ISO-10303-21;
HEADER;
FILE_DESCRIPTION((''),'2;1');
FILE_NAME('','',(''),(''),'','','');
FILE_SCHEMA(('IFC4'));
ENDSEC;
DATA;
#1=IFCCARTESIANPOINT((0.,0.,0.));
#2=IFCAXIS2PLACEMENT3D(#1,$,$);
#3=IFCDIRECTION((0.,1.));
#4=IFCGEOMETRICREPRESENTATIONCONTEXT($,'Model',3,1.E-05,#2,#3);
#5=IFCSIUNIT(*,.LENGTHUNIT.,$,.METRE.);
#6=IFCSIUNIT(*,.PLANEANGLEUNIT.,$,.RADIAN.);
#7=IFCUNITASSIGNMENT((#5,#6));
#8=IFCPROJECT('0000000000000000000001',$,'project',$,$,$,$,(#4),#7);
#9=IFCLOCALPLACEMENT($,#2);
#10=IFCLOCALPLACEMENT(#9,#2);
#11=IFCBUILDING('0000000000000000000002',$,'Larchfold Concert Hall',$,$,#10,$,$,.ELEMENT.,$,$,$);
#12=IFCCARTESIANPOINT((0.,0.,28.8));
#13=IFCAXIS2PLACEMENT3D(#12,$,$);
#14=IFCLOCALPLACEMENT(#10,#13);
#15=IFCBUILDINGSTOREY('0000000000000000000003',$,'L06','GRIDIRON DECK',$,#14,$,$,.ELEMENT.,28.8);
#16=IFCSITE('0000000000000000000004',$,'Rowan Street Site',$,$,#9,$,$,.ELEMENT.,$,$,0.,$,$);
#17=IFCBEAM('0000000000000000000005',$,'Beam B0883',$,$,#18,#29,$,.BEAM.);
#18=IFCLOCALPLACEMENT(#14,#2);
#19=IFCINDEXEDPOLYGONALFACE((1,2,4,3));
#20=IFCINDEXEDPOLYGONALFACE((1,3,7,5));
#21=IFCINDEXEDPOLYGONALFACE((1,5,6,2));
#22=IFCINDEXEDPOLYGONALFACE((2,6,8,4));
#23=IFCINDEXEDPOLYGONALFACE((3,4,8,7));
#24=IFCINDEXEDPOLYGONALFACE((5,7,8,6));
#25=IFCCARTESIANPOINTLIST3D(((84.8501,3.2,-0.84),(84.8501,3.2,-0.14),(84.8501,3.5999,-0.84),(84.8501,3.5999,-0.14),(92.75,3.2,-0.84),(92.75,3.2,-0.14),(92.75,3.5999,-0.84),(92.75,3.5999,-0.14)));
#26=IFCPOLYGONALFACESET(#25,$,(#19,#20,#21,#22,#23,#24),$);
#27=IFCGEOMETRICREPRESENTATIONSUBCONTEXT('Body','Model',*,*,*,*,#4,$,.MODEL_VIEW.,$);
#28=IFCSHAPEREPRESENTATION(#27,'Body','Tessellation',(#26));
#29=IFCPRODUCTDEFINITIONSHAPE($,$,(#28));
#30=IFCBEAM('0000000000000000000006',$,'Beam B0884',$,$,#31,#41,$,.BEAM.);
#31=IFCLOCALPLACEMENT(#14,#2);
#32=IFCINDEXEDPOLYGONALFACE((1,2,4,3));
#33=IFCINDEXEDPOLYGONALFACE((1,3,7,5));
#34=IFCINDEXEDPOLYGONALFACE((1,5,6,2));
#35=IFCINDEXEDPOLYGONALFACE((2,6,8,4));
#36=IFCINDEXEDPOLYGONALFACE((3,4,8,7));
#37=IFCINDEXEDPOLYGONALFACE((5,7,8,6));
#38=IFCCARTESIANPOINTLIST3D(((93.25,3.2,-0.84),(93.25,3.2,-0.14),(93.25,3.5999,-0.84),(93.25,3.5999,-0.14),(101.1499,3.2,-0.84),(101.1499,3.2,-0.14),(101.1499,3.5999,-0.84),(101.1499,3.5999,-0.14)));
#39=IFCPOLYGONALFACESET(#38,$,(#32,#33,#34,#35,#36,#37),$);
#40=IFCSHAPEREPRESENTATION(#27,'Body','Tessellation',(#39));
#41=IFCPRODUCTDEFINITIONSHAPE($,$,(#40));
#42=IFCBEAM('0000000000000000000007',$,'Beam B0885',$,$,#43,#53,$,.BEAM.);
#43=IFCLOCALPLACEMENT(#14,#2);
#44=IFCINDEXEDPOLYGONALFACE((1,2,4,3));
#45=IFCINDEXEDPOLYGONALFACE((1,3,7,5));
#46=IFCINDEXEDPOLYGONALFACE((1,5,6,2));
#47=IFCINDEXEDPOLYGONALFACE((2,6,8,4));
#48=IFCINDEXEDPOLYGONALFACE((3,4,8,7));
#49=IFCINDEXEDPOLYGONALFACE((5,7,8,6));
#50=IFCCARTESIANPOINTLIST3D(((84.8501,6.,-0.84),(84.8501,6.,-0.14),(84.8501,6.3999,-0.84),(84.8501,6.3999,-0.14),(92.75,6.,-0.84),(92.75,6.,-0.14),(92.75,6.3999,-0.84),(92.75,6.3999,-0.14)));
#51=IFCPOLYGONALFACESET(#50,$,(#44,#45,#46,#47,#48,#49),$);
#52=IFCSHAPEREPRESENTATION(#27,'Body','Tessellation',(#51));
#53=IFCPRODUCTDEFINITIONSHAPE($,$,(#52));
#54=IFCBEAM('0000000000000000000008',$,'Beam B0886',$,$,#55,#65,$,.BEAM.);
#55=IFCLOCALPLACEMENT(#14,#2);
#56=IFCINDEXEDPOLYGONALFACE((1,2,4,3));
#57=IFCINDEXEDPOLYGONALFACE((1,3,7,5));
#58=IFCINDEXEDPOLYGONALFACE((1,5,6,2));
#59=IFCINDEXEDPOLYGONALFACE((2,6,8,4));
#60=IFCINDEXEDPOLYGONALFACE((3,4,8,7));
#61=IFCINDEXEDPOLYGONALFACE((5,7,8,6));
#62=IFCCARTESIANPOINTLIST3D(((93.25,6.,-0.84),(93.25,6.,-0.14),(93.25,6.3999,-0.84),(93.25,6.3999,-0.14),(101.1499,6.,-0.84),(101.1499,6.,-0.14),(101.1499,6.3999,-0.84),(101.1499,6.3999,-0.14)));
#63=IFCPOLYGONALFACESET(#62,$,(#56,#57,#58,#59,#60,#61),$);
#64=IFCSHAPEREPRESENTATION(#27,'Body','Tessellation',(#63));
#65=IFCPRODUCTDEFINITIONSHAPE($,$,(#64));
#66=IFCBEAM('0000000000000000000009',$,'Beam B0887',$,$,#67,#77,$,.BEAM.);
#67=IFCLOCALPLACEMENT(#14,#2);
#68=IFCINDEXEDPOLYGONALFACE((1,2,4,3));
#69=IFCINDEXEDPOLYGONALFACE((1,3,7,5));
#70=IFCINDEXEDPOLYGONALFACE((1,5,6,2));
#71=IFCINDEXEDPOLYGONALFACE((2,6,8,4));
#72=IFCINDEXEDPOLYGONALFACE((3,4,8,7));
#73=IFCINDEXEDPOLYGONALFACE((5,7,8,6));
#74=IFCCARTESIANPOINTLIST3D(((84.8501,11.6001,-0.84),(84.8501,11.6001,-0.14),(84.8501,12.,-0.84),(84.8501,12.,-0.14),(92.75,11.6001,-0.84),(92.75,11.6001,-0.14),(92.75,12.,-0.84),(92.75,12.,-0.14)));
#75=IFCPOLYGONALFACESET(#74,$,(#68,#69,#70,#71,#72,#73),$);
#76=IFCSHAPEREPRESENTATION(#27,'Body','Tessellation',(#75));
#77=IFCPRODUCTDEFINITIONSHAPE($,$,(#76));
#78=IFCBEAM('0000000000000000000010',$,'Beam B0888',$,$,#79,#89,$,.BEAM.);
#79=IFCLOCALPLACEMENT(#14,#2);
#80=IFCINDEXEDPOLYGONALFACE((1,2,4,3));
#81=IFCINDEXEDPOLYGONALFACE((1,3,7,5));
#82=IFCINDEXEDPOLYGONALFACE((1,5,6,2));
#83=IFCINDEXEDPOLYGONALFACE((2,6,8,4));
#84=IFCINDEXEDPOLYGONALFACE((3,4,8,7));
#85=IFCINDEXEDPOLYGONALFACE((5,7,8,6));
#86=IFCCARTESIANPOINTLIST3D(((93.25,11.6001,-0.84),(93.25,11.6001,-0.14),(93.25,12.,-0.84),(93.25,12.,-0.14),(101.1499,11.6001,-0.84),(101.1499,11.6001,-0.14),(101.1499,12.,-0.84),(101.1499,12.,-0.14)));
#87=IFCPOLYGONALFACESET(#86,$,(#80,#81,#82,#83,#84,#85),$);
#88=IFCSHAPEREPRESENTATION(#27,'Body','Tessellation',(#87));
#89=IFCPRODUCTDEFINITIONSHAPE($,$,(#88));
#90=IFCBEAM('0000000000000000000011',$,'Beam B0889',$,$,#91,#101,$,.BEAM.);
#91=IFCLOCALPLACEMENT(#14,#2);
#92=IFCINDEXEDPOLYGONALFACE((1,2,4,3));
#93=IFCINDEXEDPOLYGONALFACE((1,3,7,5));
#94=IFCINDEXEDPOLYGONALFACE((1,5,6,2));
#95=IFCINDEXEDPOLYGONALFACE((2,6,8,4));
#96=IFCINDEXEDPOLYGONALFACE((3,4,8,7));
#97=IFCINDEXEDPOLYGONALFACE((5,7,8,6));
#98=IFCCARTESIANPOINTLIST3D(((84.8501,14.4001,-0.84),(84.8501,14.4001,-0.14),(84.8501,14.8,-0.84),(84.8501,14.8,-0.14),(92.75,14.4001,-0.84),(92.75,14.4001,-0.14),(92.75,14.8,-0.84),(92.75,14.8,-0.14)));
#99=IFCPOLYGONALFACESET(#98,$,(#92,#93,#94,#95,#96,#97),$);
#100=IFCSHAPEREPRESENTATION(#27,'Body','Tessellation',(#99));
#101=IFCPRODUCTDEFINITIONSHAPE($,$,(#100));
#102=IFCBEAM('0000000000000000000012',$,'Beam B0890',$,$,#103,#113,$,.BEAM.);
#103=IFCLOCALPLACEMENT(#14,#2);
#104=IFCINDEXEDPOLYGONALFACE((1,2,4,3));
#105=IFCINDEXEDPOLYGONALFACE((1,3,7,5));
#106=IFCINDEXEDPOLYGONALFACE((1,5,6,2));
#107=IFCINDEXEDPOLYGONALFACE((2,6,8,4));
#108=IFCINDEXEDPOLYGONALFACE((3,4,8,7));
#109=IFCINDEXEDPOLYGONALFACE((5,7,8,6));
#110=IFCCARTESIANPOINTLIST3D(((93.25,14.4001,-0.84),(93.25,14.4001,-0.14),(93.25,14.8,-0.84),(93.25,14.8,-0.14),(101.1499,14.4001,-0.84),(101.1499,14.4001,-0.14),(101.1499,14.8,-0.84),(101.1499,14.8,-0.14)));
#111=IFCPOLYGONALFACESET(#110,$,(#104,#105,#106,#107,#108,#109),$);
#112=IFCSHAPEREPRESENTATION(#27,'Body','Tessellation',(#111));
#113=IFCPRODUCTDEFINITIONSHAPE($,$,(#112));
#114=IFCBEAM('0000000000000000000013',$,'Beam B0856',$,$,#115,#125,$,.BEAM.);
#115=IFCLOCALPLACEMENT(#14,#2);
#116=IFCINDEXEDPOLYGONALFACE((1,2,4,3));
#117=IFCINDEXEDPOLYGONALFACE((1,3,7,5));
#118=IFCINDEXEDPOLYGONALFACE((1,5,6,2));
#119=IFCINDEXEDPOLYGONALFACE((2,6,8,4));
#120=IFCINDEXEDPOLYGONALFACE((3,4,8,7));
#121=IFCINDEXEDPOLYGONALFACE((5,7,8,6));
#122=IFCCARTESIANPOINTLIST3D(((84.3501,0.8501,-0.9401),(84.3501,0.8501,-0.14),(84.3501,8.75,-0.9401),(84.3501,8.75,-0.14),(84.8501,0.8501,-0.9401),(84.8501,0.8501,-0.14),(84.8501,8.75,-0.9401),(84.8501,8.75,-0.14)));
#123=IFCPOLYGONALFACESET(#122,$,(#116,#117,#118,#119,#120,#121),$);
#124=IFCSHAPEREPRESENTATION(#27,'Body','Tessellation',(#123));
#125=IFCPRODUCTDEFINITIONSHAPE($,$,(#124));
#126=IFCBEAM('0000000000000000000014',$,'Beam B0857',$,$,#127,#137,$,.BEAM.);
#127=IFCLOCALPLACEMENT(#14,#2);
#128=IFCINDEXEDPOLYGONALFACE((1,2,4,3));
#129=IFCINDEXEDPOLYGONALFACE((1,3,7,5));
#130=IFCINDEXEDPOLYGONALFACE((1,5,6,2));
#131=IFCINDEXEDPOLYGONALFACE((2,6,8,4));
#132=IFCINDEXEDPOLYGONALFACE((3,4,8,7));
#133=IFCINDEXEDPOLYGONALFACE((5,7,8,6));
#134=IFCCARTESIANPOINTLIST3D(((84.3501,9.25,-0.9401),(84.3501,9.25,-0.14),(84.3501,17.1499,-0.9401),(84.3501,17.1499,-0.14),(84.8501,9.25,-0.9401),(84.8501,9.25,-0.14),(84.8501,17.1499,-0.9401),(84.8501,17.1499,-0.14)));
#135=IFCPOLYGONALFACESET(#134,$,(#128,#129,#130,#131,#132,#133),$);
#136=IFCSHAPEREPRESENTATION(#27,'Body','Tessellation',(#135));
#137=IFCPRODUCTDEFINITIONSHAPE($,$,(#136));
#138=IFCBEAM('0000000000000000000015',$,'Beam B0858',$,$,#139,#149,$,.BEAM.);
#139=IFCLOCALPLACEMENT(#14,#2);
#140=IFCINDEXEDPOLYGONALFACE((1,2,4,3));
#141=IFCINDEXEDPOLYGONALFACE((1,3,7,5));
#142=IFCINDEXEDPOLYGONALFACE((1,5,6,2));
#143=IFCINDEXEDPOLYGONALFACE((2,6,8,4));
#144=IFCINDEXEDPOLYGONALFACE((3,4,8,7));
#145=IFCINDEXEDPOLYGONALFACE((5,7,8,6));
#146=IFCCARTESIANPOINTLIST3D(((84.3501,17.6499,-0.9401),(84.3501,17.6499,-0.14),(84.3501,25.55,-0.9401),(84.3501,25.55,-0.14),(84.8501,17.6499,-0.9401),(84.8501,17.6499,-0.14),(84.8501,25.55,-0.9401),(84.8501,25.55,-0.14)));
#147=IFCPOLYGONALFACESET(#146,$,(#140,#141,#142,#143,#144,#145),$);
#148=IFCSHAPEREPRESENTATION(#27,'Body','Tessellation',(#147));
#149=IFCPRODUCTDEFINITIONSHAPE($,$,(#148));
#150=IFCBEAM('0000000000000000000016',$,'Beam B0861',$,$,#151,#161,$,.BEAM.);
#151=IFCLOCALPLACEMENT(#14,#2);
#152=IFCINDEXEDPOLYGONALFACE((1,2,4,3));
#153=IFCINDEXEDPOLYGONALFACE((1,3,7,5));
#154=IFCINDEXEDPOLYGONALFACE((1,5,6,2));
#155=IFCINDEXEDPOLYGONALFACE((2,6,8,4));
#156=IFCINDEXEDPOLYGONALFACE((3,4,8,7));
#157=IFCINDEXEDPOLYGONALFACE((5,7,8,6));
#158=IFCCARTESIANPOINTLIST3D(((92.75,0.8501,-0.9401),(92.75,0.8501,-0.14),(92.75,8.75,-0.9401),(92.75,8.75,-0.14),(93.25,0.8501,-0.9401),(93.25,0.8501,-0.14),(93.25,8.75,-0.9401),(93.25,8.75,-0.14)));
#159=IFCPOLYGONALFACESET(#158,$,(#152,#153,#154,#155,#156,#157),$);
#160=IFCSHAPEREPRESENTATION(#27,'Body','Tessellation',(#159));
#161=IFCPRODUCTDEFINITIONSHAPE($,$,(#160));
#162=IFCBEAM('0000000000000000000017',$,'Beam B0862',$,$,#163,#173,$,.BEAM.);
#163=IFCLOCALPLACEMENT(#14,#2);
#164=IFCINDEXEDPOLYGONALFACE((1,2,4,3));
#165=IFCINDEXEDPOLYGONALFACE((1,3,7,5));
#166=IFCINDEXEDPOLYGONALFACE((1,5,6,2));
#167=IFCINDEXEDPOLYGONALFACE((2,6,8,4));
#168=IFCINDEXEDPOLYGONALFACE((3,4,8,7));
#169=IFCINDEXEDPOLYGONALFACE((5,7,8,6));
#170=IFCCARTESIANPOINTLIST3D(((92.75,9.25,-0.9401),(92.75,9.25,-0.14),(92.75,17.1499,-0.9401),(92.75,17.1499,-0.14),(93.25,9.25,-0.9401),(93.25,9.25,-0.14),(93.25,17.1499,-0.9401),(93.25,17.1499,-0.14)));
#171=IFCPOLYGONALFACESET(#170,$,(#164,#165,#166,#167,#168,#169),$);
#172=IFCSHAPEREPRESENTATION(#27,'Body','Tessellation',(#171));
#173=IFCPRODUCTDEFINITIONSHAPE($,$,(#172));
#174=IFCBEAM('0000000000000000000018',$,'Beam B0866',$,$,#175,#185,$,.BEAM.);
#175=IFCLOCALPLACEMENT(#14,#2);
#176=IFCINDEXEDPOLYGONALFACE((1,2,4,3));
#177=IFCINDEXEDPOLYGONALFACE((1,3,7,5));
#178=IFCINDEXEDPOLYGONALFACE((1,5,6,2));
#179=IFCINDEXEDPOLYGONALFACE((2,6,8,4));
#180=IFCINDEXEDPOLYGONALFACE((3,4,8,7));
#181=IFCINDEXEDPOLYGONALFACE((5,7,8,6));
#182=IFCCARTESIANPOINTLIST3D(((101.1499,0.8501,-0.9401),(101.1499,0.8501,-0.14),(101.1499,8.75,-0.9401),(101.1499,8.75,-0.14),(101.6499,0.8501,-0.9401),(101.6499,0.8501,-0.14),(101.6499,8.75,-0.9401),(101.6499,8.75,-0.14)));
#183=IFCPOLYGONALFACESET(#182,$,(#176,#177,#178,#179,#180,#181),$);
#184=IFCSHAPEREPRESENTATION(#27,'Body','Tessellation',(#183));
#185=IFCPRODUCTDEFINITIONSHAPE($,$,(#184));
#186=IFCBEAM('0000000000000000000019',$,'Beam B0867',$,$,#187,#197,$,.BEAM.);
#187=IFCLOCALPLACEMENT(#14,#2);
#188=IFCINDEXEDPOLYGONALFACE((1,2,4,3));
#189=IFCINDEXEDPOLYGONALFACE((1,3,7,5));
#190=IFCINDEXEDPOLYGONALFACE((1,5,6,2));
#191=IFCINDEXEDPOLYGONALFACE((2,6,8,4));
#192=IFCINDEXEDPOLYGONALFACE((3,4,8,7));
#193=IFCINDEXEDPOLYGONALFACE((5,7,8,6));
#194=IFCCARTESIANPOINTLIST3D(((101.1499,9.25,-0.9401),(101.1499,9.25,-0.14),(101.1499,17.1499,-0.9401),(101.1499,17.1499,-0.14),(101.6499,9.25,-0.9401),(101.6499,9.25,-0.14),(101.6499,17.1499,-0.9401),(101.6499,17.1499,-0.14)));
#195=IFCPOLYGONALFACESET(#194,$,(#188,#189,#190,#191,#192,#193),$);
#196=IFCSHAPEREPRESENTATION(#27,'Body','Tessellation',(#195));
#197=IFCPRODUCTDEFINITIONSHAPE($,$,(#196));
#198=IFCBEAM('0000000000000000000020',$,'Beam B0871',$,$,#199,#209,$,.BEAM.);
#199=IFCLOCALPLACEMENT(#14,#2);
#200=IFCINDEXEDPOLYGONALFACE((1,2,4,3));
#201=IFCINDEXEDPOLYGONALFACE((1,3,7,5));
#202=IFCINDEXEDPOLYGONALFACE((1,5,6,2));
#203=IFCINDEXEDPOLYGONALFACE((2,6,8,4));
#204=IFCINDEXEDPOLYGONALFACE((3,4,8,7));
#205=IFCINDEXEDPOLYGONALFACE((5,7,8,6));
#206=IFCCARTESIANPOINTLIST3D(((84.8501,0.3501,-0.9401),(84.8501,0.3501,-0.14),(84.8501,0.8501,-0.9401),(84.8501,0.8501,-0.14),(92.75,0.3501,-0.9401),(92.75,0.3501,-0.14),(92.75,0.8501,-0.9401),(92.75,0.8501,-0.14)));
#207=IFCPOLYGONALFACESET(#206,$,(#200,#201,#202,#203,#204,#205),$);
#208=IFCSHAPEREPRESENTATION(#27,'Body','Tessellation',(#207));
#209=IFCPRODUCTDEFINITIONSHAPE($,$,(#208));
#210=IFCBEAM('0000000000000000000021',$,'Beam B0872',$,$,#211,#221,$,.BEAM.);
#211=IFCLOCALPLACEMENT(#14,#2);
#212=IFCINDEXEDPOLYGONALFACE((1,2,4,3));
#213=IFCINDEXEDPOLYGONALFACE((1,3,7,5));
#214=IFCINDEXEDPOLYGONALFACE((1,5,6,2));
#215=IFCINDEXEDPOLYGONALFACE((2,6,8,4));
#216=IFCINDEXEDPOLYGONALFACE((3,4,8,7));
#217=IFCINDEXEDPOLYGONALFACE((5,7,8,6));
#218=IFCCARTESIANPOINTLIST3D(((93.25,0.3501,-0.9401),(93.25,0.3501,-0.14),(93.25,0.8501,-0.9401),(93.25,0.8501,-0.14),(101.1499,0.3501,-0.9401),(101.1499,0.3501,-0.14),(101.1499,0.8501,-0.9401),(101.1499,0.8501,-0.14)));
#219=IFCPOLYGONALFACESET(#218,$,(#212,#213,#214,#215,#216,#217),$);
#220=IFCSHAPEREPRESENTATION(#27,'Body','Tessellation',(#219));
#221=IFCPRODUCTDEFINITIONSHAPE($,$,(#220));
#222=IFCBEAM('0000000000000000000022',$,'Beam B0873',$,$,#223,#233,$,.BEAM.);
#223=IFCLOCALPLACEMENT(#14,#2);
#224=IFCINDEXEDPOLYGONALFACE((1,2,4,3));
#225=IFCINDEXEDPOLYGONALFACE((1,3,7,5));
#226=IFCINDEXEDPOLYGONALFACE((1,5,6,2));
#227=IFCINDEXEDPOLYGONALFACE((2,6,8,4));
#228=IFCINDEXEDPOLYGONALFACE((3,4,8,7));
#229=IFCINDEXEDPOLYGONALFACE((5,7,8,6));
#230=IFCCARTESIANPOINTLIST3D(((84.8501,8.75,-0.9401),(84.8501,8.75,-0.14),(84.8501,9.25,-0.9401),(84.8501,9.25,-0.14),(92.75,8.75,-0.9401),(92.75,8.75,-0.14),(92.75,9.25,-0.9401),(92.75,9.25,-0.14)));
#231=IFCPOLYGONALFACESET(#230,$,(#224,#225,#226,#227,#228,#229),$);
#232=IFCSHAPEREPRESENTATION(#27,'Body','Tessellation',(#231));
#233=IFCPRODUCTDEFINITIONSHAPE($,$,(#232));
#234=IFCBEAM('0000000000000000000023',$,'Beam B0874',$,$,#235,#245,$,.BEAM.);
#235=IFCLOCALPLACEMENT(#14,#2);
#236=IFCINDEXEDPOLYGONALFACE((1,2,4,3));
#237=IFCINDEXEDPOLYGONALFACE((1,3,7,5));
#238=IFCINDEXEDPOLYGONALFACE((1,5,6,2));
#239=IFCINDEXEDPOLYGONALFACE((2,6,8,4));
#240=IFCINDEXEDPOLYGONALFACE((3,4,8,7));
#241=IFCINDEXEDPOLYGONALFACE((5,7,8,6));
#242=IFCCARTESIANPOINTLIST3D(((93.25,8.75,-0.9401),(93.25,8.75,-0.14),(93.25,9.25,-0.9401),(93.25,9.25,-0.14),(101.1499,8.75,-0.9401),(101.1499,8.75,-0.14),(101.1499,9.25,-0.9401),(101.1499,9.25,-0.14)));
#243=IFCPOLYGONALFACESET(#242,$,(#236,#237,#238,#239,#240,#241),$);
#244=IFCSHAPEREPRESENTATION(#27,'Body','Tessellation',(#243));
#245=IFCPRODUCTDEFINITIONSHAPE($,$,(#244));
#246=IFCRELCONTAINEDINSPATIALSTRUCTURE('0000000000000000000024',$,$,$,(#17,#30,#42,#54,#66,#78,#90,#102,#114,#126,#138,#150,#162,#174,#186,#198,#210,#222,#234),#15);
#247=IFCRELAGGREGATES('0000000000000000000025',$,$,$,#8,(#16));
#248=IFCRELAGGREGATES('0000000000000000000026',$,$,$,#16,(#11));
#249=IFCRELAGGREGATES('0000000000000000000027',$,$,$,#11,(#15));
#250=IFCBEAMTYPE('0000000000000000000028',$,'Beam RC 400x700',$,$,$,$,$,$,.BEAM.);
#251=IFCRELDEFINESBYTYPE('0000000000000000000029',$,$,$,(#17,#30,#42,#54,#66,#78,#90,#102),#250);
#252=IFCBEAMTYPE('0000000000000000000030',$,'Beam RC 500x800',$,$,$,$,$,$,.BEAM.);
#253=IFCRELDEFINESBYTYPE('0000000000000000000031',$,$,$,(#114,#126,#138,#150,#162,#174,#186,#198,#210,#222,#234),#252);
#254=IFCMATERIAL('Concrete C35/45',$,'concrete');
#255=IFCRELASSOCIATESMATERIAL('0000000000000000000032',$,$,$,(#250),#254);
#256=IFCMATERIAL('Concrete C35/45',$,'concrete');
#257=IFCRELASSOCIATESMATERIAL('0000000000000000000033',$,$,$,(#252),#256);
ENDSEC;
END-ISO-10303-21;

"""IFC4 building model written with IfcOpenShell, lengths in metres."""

from ifc_helpers import new_model, si_unit, direction, frame, origin, origin_2d, place, context, subcontext, project, spatial, rectangle, extrude, material, material_profile, profile_set, type_object, element, save


model = new_model("IFC4")

# Units and contexts
model_context = context("Model", 3, precision=1e-05, world=origin(), true_north=direction((0.0, 1.0)))
body_context = subcontext(model_context, "Body", "Model", "MODEL_VIEW")
ifc_project = project(units=[si_unit("LENGTHUNIT", "METRE"), si_unit("PLANEANGLEUNIT", "RADIAN")], contexts=[model_context])

# Site, building, storey
site_placement = place(None, origin())
site = spatial("IfcSite", under=ifc_project, at=site_placement, Name="Rowan Street Site", CompositionType="ELEMENT", RefElevation=0.0)
building_placement = place(site_placement, origin())
building = spatial("IfcBuilding", under=site, at=building_placement, Name="Larchfold Concert Hall", CompositionType="ELEMENT")
storey_placement = place(building_placement, frame((0.0, 0.0, 28.8)))
storey = spatial("IfcBuildingStorey", under=building, at=storey_placement, Name="L06", Description="GRIDIRON DECK", CompositionType="ELEMENT", Elevation=28.8)

# Beams
ifc_material_1 = material(Name="Concrete C35/45", Category="concrete")
ifc_material_profile_1 = material_profile(ifc_material_1, rectangle(XDim=0.3999, YDim=0.7, at=origin_2d()))
ifc_profile_set_1 = profile_set([ifc_material_profile_1], Name="Concrete C35/45")
beam_type_1 = type_object("IfcBeamType", Name="Beam RC 400x700", PredefinedType="BEAM", material=ifc_profile_set_1)
for number, where, z_axis, x_axis, name in (
    (1, (84.8501, 3.3999, -0.49), (1.0, 0.0, 0.0), (0.0, 1.0, 0.0), "Beam B0883"),
    (2, (93.25, 3.3999, -0.49), (1.0, 0.0, 0.0), (0.0, 1.0, 0.0), "Beam B0884"),
    (3, (84.8501, 6.2, -0.49), (1.0, 0.0, 0.0), (0.0, 1.0, 0.0), "Beam B0885"),
    (4, (93.25, 6.2, -0.49), (1.0, 0.0, 0.0), (0.0, 1.0, 0.0), "Beam B0886"),
    (5, (84.8501, 11.8, -0.49), (1.0, 0.0, 0.0), (0.0, 1.0, 0.0), "Beam B0887"),
    (6, (93.25, 11.8, -0.49), (1.0, 0.0, 0.0), (0.0, 1.0, 0.0), "Beam B0888"),
    (7, (84.8501, 14.6001, -0.49), (1.0, 0.0, 0.0), (0.0, 1.0, 0.0), "Beam B0889"),
    (8, (93.25, 14.6001, -0.49), (1.0, 0.0, 0.0), (0.0, 1.0, 0.0), "Beam B0890"),
):
    element("IfcBeam", number, at=place(storey_placement, frame(where, z_axis=z_axis, x_axis=x_axis)), inside=storey, type_object=beam_type_1, Name=name, PredefinedType="BEAM", context=body_context, shape_type="SweptSolid", body=[
        extrude(rectangle(XDim=0.3999, YDim=0.7, at=origin_2d()), origin(), (0.0, 0.0, 1.0), 7.8999),
    ])
ifc_material_2 = material(Name="Concrete C35/45", Category="concrete")
ifc_material_profile_2 = material_profile(ifc_material_2, rectangle(XDim=0.5, YDim=0.8, at=origin_2d()))
ifc_profile_set_2 = profile_set([ifc_material_profile_2], Name="Concrete C35/45")
beam_type_2 = type_object("IfcBeamType", Name="Beam RC 500x800", PredefinedType="BEAM", material=ifc_profile_set_2)
for number, where, z_axis, x_axis, name in (
    (9, (84.6001, 0.8501, -0.54), (0.0, 1.0, 0.0), (-1.0, 0.0, 0.0), "Beam B0856"),
    (10, (84.6001, 9.25, -0.54), (0.0, 1.0, 0.0), (-1.0, 0.0, 0.0), "Beam B0857"),
):
    element("IfcBeam", number, at=place(storey_placement, frame(where, z_axis=z_axis, x_axis=x_axis)), inside=storey, type_object=beam_type_2, Name=name, PredefinedType="BEAM", context=body_context, shape_type="SweptSolid", body=[
        extrude(rectangle(XDim=0.5, YDim=0.8, at=origin_2d()), origin(), (0.0, 0.0, 1.0), 7.8999),
    ])
beam_placement = place(storey_placement, frame((84.6001, 17.6499, -0.54), z_axis=(0.0, 1.0, 0.0), x_axis=(-1.0, 0.0, 0.0)))
element("IfcBeam", 11, at=beam_placement, inside=storey, type_object=beam_type_2, Name="Beam B0858", PredefinedType="BEAM", context=body_context, shape_type="SweptSolid", body=[
    extrude(rectangle(XDim=0.5, YDim=0.8, at=origin_2d()), origin(), (0.0, 0.0, 1.0), 7.9001),
])
for number, where, z_axis, x_axis, name in (
    (12, (93.0, 0.8501, -0.54), (0.0, 1.0, 0.0), (-1.0, 0.0, 0.0), "Beam B0861"),
    (13, (93.0, 9.25, -0.54), (0.0, 1.0, 0.0), (-1.0, 0.0, 0.0), "Beam B0862"),
    (14, (101.3999, 0.8501, -0.54), (0.0, 1.0, 0.0), (-1.0, 0.0, 0.0), "Beam B0866"),
    (15, (101.3999, 9.25, -0.54), (0.0, 1.0, 0.0), (-1.0, 0.0, 0.0), "Beam B0867"),
    (16, (84.8501, 0.6001, -0.54), (1.0, 0.0, 0.0), (0.0, 1.0, 0.0), "Beam B0871"),
    (17, (93.25, 0.6001, -0.54), (1.0, 0.0, 0.0), (0.0, 1.0, 0.0), "Beam B0872"),
    (18, (84.8501, 9.0, -0.54), (1.0, 0.0, 0.0), (0.0, 1.0, 0.0), "Beam B0873"),
    (19, (93.25, 9.0, -0.54), (1.0, 0.0, 0.0), (0.0, 1.0, 0.0), "Beam B0874"),
):
    element("IfcBeam", number, at=place(storey_placement, frame(where, z_axis=z_axis, x_axis=x_axis)), inside=storey, type_object=beam_type_2, Name=name, PredefinedType="BEAM", context=body_context, shape_type="SweptSolid", body=[
        extrude(rectangle(XDim=0.5, YDim=0.8, at=origin_2d()), origin(), (0.0, 0.0, 1.0), 7.8999),
    ])

save(model, "model.ifc")
